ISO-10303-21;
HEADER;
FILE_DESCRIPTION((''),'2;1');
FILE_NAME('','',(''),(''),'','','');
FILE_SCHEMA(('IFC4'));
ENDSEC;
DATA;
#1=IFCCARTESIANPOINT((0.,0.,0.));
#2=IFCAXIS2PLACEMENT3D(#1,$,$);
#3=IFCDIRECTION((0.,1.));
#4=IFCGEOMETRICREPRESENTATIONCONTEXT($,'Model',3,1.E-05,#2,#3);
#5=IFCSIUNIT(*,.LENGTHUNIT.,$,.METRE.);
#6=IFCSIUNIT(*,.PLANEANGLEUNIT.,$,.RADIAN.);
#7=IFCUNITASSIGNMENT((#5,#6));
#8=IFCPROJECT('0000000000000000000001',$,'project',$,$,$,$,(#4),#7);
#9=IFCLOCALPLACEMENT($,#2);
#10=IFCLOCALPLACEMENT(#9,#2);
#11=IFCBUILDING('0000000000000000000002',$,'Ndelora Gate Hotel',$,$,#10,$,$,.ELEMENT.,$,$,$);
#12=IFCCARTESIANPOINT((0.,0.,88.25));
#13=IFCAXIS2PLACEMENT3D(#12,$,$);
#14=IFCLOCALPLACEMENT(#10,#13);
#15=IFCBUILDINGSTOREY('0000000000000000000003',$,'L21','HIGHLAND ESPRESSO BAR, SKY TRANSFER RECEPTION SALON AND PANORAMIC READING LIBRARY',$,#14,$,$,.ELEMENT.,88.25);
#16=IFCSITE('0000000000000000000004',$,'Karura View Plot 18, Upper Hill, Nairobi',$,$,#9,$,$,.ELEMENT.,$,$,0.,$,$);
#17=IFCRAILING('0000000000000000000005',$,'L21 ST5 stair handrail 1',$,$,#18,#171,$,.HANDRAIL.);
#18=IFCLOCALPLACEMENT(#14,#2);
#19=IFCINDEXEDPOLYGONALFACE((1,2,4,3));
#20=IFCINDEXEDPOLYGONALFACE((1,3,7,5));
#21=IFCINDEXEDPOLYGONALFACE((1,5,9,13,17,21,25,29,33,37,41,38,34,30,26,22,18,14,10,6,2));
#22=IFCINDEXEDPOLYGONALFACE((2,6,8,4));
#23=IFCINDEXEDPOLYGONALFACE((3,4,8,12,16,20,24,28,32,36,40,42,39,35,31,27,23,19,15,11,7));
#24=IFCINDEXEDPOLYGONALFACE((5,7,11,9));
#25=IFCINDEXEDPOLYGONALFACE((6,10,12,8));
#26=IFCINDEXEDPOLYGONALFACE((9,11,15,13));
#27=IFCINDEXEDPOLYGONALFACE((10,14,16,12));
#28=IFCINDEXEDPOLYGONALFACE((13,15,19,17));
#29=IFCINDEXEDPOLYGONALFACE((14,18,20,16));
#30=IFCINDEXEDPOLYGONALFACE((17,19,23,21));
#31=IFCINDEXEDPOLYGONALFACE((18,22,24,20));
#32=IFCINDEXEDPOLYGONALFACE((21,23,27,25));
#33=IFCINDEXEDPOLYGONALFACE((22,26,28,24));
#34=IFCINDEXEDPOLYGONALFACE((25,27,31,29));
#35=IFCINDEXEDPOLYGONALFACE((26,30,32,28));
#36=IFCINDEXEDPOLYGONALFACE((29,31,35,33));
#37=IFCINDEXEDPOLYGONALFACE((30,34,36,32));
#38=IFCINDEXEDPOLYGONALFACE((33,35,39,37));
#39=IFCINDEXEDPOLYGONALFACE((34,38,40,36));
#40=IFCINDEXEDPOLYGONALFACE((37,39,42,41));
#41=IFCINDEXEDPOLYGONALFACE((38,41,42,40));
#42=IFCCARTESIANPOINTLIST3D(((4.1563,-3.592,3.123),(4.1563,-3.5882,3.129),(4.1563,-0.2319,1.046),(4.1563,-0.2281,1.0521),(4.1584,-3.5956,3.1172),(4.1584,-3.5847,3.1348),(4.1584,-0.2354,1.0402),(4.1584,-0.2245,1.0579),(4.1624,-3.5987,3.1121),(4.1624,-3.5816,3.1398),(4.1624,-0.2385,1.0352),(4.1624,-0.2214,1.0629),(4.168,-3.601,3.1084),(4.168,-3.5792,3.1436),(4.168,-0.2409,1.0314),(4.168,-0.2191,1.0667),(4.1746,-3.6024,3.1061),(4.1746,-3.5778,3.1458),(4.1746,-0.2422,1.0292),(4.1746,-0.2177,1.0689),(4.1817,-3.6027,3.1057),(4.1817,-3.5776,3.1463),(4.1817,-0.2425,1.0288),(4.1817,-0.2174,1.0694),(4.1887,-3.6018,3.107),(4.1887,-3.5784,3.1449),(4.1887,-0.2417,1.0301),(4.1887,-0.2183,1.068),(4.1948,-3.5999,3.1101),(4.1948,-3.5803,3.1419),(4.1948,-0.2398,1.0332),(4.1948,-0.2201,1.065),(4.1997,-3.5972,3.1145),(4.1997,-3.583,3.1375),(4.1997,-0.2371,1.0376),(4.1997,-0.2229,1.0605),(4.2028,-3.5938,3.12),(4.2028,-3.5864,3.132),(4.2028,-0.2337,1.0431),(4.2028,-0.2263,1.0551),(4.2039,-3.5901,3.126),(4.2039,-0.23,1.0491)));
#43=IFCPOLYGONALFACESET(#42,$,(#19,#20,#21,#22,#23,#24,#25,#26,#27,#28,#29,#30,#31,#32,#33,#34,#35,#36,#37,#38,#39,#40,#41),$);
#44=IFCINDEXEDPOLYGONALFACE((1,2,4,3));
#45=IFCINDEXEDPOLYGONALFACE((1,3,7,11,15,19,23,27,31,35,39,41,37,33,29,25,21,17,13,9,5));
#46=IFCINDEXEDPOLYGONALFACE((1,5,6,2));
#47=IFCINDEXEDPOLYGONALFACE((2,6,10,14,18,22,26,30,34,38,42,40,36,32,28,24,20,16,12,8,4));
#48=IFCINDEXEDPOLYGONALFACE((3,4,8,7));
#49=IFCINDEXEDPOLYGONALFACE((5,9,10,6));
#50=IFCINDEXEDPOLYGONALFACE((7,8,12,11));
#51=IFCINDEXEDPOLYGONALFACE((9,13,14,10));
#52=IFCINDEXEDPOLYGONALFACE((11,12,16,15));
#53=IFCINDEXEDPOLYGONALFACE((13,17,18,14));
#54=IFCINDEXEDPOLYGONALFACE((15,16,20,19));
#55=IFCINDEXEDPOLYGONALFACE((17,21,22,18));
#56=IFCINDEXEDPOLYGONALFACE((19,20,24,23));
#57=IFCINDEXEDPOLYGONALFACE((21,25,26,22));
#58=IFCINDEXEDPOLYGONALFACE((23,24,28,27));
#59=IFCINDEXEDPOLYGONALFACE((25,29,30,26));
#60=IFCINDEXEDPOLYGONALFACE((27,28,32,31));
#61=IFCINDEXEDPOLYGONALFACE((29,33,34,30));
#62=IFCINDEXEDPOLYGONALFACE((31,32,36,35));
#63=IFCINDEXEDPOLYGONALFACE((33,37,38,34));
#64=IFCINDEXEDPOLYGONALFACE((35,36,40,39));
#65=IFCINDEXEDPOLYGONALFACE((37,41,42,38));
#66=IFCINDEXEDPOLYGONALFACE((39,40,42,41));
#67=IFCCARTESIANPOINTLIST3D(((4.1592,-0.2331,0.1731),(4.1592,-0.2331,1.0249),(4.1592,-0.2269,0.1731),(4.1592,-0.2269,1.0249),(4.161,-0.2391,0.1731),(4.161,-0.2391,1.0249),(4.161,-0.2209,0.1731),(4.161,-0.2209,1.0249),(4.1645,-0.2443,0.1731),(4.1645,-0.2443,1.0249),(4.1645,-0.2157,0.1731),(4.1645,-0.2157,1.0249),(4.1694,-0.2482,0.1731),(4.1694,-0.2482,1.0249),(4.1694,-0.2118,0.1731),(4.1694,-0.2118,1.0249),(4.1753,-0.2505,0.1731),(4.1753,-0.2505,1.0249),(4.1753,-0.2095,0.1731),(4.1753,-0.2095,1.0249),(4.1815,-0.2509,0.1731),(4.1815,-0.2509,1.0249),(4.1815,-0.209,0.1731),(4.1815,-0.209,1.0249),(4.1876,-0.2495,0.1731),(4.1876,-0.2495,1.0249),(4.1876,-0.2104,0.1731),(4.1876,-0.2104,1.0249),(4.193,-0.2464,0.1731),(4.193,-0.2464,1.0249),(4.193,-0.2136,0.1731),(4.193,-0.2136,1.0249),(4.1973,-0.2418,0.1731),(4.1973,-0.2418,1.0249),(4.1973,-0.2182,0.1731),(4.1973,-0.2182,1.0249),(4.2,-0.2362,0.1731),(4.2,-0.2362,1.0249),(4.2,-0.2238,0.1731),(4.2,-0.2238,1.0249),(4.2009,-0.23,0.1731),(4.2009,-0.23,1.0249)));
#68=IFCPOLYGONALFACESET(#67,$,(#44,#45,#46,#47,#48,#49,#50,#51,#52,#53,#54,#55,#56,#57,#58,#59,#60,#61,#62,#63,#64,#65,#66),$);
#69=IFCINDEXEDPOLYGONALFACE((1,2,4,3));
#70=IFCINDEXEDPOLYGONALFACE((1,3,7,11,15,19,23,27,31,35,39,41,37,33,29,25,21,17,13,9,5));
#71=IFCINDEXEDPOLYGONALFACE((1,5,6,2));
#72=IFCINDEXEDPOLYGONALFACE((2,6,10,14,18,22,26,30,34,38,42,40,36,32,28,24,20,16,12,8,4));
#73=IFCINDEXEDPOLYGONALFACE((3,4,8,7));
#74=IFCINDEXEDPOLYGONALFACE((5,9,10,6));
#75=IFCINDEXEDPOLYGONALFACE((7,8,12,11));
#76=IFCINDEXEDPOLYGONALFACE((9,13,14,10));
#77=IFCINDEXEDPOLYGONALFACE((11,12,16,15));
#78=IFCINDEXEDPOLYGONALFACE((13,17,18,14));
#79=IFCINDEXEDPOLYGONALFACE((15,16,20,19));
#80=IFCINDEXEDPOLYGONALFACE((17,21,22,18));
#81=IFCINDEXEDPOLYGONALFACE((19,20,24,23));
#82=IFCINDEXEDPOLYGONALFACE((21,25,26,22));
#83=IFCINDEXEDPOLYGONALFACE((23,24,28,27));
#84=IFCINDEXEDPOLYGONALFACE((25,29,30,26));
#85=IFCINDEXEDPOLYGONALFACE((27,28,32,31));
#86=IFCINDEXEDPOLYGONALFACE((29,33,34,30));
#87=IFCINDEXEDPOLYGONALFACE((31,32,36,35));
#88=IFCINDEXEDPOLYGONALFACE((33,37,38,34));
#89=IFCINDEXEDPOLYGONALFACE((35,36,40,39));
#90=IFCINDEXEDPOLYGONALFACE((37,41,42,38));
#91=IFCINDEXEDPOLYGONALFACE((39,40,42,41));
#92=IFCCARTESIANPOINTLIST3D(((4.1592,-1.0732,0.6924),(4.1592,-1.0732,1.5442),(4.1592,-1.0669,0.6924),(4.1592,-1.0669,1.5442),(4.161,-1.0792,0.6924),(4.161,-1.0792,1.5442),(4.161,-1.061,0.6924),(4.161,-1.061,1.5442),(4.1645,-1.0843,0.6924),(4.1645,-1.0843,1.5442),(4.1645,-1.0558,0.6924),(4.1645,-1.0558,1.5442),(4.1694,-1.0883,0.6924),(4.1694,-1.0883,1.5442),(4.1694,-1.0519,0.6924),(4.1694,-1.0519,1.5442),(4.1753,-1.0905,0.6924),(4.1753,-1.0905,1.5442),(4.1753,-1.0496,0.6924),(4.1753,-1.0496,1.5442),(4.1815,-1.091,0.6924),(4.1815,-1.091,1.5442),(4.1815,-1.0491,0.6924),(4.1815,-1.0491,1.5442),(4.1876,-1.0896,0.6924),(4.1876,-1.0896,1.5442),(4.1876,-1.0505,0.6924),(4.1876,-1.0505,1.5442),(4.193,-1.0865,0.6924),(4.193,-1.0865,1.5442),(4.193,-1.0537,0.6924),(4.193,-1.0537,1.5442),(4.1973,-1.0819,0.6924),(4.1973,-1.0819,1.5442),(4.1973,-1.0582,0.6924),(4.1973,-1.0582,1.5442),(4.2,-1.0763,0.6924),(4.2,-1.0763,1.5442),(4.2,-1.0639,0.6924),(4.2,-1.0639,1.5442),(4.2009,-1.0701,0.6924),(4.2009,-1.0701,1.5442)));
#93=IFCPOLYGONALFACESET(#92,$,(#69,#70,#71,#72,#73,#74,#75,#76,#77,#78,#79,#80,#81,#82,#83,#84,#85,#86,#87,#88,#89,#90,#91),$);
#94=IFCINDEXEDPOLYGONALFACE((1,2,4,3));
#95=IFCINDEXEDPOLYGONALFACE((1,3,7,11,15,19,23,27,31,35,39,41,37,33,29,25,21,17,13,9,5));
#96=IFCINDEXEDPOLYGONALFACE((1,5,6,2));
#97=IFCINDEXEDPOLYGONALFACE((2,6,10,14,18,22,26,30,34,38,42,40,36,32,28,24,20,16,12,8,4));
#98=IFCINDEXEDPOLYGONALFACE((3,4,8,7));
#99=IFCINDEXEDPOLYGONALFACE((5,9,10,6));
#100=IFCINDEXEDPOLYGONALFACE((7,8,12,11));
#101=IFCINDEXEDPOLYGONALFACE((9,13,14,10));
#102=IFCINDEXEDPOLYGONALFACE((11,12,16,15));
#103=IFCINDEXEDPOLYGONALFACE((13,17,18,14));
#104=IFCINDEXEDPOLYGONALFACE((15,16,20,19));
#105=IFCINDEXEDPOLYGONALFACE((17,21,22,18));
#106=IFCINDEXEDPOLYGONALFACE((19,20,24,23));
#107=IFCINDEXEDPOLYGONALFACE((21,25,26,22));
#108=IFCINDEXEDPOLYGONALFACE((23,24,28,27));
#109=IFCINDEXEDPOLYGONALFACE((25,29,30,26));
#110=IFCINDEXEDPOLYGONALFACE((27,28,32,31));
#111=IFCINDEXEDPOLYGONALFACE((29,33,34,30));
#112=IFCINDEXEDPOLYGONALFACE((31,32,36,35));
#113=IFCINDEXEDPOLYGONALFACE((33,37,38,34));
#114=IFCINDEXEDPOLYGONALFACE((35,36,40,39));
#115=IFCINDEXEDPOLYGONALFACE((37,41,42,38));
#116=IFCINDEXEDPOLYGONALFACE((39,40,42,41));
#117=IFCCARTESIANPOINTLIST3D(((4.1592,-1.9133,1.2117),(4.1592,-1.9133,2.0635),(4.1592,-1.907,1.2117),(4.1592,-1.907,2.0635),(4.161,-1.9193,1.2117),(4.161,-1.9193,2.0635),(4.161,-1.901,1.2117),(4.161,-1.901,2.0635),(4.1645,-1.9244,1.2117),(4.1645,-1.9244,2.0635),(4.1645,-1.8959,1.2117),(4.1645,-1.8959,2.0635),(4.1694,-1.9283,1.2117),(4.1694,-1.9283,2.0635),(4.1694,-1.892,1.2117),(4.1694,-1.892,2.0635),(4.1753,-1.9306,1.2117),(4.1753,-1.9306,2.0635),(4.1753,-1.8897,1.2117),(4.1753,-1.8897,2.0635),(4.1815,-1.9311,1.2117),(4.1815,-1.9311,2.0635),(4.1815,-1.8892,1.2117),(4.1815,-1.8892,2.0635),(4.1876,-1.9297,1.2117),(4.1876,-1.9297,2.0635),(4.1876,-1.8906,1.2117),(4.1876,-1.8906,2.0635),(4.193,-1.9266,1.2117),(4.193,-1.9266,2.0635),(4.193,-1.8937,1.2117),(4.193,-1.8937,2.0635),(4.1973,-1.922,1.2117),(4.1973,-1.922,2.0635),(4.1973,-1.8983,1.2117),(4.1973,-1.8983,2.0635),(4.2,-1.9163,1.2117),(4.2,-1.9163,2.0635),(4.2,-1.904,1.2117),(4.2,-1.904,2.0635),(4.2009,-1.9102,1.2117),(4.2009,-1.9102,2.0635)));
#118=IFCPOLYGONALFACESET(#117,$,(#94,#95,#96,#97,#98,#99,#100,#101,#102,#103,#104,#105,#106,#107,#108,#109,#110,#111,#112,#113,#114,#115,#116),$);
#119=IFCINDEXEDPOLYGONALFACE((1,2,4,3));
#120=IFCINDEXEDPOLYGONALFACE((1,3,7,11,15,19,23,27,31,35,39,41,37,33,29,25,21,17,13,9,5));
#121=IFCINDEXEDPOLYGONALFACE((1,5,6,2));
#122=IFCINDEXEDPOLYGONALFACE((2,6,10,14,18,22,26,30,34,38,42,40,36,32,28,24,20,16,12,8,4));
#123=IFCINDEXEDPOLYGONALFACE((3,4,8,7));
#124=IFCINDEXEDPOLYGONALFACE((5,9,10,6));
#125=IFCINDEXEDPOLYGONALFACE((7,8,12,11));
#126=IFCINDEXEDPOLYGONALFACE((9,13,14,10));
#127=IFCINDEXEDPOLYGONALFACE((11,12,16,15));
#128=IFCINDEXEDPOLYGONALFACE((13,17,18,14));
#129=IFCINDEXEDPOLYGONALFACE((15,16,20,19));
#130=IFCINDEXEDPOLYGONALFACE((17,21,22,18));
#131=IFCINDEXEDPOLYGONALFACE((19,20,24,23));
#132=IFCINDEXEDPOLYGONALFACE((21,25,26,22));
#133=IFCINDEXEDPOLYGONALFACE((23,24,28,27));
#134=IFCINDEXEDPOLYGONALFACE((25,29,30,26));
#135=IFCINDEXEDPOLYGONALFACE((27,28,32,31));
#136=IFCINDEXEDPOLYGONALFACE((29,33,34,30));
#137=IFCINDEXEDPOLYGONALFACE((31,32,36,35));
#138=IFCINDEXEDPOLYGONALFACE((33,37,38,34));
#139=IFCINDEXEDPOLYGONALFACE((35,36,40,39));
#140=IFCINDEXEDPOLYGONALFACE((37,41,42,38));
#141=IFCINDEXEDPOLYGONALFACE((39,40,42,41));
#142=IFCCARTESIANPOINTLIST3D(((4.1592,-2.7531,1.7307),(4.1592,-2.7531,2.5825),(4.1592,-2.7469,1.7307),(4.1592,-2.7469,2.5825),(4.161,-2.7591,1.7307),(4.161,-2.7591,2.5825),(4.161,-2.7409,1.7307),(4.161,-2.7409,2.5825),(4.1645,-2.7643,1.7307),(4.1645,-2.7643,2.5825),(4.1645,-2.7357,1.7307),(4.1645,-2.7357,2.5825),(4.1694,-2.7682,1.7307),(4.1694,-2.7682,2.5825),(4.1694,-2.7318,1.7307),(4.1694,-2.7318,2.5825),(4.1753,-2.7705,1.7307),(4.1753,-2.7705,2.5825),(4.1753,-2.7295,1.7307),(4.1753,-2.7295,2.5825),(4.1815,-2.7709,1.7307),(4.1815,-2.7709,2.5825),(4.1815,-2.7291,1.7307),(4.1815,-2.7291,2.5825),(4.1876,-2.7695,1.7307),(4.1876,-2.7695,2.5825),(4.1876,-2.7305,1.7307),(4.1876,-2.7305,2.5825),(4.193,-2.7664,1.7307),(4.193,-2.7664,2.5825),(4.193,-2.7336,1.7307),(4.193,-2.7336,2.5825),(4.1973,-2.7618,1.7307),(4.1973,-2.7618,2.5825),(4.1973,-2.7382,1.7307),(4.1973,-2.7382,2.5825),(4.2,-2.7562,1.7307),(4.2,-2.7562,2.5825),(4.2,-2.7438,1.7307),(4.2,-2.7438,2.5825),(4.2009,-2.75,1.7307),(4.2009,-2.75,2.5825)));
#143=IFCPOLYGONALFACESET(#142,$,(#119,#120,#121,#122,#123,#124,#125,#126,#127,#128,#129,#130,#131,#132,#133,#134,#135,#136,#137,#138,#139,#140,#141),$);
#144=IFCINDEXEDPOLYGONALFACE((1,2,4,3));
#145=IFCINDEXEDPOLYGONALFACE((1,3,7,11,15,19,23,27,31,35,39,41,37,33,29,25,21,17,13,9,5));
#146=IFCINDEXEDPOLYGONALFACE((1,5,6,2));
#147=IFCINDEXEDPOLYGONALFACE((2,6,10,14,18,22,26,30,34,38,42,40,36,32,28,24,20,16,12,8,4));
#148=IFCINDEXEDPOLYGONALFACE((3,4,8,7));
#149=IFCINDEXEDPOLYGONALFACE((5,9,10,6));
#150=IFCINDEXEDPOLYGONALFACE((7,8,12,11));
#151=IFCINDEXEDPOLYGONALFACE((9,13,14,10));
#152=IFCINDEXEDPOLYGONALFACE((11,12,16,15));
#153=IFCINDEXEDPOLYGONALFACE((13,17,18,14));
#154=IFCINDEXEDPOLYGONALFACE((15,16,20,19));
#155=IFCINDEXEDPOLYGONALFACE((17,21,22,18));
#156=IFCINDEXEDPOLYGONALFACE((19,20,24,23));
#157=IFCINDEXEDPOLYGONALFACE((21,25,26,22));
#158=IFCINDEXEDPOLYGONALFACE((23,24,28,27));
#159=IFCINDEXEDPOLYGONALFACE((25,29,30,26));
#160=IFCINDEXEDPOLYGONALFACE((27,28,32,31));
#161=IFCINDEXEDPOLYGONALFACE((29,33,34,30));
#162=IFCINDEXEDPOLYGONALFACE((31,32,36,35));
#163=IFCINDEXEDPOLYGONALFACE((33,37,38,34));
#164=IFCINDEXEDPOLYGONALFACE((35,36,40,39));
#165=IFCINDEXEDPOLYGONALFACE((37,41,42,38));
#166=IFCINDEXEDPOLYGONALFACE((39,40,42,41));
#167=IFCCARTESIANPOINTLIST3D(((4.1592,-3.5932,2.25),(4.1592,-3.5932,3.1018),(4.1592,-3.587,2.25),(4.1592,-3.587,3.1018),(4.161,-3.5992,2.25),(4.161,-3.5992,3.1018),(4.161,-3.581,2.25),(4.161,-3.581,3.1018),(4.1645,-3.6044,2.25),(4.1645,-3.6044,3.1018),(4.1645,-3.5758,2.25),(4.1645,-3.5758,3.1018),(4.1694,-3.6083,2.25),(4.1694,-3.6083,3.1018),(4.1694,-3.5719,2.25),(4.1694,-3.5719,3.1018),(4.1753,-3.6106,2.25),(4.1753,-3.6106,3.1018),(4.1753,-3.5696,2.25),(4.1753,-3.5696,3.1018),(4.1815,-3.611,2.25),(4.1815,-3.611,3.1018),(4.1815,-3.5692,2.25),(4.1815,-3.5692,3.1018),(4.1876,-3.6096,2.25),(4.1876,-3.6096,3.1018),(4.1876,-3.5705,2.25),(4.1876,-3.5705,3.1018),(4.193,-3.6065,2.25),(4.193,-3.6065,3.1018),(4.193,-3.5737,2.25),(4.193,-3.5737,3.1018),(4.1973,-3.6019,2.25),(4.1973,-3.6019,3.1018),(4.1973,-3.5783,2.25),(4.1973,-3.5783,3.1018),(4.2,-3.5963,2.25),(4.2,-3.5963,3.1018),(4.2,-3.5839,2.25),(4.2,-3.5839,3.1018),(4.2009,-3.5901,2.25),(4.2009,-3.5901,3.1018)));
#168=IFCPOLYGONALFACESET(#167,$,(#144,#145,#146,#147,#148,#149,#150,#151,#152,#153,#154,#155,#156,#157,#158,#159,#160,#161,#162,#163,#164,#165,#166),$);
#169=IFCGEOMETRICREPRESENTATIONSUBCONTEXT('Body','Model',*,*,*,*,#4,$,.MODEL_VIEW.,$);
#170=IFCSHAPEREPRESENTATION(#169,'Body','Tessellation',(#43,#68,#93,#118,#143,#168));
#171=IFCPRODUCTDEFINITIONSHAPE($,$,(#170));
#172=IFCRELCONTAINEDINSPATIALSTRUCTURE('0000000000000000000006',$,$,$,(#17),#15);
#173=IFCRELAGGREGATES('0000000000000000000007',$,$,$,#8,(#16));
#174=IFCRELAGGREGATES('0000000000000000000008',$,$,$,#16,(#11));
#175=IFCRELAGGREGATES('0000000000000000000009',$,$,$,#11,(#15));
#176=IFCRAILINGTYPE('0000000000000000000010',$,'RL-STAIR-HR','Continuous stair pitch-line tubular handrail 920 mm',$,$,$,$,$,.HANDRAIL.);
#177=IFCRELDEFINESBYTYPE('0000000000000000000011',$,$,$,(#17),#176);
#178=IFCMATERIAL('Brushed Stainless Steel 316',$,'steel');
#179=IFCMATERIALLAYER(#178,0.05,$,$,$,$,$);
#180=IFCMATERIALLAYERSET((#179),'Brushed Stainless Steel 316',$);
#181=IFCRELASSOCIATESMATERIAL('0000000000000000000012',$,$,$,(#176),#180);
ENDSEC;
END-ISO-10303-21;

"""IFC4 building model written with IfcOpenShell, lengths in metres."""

from ifc_helpers import new_model, si_unit, direction, frame, origin, origin_2d, place, context, subcontext, project, spatial, circle, extrude, material, layer, layer_set, type_object, element, save


model = new_model("IFC4")

# Units and contexts
model_context = context("Model", 3, precision=1e-05, world=origin(), true_north=direction((0.0, 1.0)))
body_context = subcontext(model_context, "Body", "Model", "MODEL_VIEW")
ifc_project = project(units=[si_unit("LENGTHUNIT", "METRE"), si_unit("PLANEANGLEUNIT", "RADIAN")], contexts=[model_context])

# Site, building, storey
site_placement = place(None, origin())
site = spatial("IfcSite", under=ifc_project, at=site_placement, Name="Karura View Plot 18, Upper Hill, Nairobi", CompositionType="ELEMENT", RefElevation=0.0)
building_placement = place(site_placement, origin())
building = spatial("IfcBuilding", under=site, at=building_placement, Name="Ndelora Gate Hotel", CompositionType="ELEMENT")
storey_placement = place(building_placement, frame((0.0, 0.0, 88.25)))
storey = spatial("IfcBuildingStorey", under=building, at=storey_placement, Name="L21", Description="HIGHLAND ESPRESSO BAR, SKY TRANSFER RECEPTION SALON AND PANORAMIC READING LIBRARY", CompositionType="ELEMENT", Elevation=88.25)

# Railing
ifc_material_1 = material(Name="Brushed Stainless Steel 316", Category="steel")
ifc_layer_1 = layer(ifc_material_1, 0.05)
ifc_layer_set_1 = layer_set([ifc_layer_1], Name="Brushed Stainless Steel 316")
railing_type_1 = type_object("IfcRailingType", Name="RL-STAIR-HR", Description="Continuous stair pitch-line tubular handrail 920 mm", PredefinedType="HANDRAIL", material=ifc_layer_set_1)
railing_1_placement = place(storey_placement, frame((4.1799, -0.23, 0.1731)))
element("IfcRailing", 1, at=railing_1_placement, inside=storey, type_object=railing_type_1, Name="L21 ST5 stair handrail 1", PredefinedType="HANDRAIL", context=body_context, shape_type="SweptSolid", body=[
    extrude(circle(Radius=0.0239, at=origin_2d()), frame((0.0, 0.0, 0.876), z_axis=(0.0, -0.850623, 0.525776), x_axis=(1.0, 0.0, 0.0)), (0.0, 0.0, 1.0), 3.9502),
    extrude(circle(Radius=0.021, at=origin_2d()), origin(), (0.0, 0.0, 1.0), 0.8518),
    extrude(circle(Radius=0.021, at=origin_2d()), frame((0.0, -0.8401, 0.5193)), (0.0, 0.0, 1.0), 0.8518),
    extrude(circle(Radius=0.021, at=origin_2d()), frame((0.0, -1.6802, 1.0386)), (0.0, 0.0, 1.0), 0.8518),
    extrude(circle(Radius=0.021, at=origin_2d()), frame((0.0, -2.52, 1.5576)), (0.0, 0.0, 1.0), 0.8518),
    extrude(circle(Radius=0.021, at=origin_2d()), frame((0.0, -3.3601, 2.0769)), (0.0, 0.0, 1.0), 0.8518),
])

save(model, "model.ifc")
